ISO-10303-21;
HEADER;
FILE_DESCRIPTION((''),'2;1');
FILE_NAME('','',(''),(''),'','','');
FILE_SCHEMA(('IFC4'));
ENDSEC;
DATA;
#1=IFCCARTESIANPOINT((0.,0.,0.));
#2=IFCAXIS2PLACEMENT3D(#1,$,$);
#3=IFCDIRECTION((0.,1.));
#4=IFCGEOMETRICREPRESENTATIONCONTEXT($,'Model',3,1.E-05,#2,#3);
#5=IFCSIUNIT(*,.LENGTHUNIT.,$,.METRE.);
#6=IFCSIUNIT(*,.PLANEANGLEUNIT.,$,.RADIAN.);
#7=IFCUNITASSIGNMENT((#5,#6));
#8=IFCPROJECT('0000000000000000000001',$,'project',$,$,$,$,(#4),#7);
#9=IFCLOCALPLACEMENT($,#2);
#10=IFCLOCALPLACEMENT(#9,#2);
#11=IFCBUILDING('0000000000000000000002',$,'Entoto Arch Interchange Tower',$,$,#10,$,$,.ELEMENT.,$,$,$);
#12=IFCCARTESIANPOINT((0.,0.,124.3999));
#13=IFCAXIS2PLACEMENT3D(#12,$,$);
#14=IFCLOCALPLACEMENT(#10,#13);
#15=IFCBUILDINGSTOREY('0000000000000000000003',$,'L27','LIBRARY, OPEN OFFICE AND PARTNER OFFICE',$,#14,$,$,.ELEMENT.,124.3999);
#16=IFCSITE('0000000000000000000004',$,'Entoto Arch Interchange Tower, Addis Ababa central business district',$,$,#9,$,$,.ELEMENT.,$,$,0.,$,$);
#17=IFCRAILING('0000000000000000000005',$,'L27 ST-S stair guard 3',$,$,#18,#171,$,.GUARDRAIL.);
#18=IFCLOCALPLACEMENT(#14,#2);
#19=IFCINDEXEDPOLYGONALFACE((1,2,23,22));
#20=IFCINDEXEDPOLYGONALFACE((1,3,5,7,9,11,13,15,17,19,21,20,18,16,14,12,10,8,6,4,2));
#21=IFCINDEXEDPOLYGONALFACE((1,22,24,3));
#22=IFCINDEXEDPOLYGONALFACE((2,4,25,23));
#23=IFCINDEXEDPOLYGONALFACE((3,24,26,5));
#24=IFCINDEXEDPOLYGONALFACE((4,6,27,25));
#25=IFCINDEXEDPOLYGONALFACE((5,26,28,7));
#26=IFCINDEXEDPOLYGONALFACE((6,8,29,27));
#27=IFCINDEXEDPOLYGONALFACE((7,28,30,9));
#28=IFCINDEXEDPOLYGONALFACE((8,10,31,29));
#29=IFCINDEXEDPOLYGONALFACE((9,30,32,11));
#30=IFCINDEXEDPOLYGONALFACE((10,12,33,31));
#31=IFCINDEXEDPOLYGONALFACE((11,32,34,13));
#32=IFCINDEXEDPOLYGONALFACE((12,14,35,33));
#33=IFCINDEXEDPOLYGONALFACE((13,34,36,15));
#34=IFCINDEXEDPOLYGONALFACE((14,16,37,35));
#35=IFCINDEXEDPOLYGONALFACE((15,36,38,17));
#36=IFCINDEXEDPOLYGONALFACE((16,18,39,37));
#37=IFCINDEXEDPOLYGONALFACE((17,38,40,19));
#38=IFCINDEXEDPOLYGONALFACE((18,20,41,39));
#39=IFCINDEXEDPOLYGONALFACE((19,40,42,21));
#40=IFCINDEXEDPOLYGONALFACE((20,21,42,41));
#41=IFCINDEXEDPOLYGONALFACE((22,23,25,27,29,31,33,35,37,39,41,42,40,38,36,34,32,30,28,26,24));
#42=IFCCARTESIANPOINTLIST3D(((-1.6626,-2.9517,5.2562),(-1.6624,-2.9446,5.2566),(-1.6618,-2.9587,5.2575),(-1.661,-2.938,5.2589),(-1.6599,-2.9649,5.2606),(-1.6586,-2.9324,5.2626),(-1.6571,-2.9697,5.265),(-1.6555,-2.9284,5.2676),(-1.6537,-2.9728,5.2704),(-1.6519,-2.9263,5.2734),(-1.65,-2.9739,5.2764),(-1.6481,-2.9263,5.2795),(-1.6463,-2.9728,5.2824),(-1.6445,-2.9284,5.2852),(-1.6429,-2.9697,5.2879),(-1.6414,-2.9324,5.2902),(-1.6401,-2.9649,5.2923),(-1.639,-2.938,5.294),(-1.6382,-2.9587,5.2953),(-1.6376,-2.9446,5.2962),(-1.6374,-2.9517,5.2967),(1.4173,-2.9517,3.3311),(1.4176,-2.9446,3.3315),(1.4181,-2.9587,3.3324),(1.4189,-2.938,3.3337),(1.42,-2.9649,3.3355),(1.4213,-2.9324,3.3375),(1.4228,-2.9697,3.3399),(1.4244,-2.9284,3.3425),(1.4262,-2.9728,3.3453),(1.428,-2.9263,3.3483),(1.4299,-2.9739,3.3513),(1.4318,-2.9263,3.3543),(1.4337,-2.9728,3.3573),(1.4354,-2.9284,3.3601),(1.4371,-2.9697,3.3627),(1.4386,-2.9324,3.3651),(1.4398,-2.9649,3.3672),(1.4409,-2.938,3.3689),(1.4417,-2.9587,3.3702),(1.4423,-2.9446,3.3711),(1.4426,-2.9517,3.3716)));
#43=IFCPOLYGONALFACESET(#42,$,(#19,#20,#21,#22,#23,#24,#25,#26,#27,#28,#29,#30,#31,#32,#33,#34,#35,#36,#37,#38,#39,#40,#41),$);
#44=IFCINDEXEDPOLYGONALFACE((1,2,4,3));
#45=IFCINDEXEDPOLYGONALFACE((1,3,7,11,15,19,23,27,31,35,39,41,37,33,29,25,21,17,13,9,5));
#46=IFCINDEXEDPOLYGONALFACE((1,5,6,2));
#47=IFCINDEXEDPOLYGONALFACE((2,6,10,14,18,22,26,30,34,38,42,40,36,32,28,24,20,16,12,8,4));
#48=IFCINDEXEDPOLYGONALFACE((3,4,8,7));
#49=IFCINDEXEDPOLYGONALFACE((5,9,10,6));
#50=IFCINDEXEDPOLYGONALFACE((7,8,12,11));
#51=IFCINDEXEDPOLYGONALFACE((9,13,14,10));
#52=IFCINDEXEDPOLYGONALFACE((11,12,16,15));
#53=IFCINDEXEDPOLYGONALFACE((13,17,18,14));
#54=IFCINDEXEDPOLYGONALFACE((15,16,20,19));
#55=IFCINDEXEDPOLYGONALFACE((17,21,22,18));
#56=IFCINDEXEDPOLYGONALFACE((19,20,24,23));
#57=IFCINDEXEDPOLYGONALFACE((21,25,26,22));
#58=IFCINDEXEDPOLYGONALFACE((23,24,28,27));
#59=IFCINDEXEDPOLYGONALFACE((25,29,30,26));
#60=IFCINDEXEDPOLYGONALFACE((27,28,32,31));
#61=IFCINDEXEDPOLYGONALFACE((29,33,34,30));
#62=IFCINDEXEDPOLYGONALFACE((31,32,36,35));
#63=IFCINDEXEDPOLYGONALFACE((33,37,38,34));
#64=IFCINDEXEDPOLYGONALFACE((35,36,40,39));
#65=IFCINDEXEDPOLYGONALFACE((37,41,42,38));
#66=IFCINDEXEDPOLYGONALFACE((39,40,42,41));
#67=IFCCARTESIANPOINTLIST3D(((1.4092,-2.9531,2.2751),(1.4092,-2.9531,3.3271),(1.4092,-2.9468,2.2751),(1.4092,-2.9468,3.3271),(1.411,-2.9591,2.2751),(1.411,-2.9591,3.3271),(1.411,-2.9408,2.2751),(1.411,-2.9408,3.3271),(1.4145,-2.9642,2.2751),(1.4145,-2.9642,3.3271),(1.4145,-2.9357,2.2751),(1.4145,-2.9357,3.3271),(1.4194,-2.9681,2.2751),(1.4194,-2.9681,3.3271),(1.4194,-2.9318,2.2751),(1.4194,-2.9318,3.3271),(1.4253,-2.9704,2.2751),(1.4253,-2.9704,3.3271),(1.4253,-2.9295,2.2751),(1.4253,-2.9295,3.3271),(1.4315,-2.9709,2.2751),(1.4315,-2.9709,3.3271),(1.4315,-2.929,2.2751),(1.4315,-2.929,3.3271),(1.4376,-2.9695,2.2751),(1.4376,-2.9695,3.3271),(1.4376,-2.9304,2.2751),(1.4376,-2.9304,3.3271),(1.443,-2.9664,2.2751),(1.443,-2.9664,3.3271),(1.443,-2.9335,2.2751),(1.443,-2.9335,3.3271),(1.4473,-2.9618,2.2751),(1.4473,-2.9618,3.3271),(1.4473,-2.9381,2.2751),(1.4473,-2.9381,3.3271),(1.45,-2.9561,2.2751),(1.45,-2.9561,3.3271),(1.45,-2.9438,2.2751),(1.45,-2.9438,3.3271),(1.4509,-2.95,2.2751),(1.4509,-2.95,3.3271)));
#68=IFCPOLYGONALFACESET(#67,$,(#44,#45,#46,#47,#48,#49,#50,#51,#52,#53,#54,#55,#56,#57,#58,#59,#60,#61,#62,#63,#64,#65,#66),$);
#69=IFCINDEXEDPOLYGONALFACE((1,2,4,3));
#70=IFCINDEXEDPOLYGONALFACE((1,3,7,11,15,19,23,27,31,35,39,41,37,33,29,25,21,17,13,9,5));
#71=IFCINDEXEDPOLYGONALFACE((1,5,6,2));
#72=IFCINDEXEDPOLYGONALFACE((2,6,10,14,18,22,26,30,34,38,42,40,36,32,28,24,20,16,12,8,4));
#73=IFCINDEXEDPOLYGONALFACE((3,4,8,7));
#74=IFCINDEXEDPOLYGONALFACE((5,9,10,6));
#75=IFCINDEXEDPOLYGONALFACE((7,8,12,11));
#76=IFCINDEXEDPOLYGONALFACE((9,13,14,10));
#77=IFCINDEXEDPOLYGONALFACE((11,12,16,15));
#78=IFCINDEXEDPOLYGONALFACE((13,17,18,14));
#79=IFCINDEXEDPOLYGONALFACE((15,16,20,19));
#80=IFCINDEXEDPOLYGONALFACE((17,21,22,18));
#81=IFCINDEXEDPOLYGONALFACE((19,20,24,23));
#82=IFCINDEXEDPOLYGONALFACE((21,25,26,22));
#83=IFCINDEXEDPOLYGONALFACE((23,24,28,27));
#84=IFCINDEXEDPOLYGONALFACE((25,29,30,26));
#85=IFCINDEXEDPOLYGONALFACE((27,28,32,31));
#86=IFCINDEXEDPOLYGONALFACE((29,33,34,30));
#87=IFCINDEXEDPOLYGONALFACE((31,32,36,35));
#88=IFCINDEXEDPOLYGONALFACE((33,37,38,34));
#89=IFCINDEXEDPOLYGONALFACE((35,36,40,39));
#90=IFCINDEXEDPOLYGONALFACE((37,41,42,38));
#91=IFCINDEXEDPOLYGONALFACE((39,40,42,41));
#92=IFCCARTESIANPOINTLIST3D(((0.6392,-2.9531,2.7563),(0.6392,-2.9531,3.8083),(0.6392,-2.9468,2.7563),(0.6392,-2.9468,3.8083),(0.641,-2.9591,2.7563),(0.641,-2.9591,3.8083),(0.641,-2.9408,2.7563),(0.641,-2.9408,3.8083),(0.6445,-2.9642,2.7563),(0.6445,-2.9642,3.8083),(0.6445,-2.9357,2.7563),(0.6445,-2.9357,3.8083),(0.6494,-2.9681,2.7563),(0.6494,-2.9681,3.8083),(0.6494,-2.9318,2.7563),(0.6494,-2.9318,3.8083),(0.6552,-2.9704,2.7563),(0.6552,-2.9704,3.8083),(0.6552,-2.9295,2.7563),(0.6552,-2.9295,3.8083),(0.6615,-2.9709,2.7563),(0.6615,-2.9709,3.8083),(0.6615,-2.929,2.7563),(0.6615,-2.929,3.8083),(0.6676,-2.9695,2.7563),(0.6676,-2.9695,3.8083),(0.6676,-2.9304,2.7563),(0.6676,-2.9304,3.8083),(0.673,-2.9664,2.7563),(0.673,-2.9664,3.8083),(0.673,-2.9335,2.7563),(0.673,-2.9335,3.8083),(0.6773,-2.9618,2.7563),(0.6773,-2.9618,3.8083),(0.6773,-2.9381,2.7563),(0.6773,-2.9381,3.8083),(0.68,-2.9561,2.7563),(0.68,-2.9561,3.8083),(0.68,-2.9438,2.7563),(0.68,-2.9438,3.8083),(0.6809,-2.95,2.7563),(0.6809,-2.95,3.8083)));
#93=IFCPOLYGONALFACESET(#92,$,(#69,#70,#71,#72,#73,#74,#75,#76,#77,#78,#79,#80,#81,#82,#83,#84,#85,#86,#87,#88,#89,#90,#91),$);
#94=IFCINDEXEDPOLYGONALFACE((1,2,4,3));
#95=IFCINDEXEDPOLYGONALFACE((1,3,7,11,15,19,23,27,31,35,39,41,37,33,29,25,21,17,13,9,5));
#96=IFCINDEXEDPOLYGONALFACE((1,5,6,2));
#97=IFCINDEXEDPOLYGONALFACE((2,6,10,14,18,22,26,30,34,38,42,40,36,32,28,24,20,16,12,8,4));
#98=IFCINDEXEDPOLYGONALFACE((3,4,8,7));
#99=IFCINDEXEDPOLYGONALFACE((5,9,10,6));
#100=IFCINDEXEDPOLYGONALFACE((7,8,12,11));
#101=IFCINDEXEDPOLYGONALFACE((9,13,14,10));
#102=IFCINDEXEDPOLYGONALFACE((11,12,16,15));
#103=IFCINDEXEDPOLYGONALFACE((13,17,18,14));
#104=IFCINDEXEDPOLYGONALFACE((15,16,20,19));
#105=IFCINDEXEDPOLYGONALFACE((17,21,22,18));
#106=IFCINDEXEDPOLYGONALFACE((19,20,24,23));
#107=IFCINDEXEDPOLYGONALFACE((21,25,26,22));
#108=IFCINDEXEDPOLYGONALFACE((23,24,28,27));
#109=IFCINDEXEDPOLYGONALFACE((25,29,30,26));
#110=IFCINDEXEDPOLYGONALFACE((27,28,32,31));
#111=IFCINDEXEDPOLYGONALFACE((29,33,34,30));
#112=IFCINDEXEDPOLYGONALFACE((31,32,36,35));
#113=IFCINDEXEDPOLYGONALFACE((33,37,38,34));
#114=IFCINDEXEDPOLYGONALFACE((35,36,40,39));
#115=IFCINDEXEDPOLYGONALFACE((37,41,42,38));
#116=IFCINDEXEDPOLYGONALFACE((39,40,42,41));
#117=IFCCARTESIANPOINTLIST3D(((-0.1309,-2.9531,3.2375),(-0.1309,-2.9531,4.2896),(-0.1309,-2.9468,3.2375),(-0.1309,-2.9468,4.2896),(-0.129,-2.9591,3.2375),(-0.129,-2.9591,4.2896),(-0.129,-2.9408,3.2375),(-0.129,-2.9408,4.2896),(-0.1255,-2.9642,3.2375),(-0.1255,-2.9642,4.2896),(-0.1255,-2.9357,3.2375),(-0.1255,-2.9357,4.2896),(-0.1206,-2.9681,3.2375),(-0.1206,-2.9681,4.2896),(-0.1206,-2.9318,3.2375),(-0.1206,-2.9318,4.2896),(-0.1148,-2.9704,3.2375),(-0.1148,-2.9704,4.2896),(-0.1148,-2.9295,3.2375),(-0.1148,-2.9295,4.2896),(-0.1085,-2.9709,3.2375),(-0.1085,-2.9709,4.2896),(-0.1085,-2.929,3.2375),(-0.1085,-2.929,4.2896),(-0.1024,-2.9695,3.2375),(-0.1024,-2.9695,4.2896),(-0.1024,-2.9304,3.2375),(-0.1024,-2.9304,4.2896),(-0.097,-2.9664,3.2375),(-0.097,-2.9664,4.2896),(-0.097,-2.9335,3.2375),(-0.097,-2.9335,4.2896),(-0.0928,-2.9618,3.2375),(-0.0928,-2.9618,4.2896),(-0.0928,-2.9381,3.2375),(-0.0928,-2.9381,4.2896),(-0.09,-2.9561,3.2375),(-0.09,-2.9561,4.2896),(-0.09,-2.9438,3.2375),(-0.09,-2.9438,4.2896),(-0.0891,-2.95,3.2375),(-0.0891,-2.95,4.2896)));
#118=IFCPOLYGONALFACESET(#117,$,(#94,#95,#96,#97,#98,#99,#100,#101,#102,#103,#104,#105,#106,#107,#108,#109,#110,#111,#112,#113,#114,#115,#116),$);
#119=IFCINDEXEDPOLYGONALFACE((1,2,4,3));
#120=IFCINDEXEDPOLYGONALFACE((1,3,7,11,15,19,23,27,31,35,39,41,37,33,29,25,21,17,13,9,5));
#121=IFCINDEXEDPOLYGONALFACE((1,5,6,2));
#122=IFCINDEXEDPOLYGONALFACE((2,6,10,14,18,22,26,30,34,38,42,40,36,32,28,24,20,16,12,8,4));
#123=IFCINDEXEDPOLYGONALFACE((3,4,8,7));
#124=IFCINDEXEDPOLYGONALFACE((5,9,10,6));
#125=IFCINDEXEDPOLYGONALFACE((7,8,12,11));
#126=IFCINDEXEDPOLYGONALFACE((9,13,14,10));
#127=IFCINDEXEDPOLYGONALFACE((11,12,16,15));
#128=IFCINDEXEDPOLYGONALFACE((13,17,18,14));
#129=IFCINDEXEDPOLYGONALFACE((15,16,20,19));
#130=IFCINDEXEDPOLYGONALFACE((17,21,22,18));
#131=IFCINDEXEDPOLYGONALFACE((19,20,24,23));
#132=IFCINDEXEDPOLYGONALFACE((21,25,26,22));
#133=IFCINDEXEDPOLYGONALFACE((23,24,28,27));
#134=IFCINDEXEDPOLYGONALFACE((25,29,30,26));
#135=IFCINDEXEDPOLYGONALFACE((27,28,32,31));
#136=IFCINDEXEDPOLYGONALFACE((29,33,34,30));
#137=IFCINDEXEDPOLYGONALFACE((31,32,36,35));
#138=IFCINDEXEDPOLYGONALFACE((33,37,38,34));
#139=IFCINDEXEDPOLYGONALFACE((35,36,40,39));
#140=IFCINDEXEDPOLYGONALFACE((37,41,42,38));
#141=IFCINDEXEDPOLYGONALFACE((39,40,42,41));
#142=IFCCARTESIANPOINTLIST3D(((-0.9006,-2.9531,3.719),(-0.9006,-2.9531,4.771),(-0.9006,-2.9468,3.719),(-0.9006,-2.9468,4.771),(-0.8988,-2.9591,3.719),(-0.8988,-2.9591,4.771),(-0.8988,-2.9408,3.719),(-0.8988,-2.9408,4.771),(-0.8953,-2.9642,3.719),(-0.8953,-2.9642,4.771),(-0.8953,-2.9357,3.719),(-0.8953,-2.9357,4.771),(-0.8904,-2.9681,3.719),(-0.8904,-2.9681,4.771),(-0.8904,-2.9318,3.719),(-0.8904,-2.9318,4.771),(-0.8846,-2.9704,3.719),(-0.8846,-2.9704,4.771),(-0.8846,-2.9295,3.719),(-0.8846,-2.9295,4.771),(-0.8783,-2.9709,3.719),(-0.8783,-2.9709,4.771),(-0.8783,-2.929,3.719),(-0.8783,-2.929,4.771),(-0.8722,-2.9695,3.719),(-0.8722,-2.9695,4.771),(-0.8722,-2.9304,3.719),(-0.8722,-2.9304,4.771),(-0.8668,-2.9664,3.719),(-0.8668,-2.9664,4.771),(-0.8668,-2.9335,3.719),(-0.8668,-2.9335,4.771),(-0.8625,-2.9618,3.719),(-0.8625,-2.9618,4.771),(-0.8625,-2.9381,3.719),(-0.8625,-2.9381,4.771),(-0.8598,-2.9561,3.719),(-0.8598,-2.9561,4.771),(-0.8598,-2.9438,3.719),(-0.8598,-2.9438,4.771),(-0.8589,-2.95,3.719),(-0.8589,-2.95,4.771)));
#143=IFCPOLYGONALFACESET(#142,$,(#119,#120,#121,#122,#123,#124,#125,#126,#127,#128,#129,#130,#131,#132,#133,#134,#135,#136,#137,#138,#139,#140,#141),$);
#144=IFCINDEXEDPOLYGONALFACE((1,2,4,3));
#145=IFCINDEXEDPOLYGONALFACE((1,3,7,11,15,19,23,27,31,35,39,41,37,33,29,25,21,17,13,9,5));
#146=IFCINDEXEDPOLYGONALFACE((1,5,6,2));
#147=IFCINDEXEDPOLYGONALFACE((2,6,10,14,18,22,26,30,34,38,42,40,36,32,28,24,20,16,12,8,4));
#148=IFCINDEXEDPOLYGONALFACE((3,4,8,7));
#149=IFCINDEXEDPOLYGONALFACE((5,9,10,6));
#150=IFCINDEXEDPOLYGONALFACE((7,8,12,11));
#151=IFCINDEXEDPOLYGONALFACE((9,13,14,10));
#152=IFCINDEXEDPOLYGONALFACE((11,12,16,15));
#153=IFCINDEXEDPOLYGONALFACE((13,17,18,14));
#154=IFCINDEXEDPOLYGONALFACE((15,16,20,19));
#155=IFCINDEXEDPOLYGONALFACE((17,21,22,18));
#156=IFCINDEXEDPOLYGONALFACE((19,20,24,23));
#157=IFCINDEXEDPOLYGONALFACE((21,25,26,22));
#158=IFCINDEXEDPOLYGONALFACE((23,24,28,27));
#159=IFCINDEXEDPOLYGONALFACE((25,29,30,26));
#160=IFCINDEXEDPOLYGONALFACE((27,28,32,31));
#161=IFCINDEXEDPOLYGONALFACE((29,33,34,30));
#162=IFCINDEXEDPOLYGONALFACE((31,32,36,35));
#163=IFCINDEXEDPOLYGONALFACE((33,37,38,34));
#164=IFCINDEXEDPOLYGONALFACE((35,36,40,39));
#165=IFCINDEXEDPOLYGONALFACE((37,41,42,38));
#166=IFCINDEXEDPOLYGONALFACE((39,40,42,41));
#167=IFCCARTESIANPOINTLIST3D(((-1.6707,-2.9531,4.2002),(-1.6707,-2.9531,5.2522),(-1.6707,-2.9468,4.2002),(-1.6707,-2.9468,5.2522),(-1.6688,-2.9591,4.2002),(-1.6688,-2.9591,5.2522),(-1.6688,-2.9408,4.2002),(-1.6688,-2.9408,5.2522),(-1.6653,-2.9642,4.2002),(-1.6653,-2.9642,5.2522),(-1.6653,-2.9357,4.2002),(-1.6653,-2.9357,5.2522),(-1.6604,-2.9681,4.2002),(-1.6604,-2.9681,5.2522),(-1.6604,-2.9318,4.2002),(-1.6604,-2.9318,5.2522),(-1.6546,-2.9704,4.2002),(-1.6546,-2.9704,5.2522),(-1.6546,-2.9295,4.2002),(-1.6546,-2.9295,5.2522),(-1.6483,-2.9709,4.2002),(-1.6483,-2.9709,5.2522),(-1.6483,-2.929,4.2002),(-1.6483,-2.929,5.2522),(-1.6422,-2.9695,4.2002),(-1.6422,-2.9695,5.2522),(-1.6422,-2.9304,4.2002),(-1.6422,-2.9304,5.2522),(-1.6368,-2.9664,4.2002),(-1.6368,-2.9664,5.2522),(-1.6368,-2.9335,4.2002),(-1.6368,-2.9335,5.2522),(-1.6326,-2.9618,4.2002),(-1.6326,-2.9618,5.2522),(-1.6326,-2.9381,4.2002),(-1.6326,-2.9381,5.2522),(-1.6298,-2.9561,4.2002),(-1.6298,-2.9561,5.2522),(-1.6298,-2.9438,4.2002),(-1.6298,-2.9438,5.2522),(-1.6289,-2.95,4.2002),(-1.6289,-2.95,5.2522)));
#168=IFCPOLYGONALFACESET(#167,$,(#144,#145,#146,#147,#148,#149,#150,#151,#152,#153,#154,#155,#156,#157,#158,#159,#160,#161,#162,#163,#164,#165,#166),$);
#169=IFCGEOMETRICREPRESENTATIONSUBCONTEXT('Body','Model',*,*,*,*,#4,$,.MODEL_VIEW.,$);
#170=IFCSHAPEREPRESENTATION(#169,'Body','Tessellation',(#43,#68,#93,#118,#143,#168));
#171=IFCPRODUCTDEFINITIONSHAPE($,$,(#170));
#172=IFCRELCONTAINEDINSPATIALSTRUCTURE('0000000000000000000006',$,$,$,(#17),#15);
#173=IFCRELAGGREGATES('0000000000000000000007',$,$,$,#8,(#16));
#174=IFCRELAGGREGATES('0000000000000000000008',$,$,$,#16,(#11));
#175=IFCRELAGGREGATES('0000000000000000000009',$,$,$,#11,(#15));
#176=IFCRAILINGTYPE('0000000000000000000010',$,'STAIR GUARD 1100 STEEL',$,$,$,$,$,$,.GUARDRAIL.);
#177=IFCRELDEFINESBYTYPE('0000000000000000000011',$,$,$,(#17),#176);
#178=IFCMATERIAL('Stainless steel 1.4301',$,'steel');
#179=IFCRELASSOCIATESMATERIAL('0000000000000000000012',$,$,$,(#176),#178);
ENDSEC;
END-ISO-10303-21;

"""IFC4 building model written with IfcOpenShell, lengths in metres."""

from ifc_helpers import new_model, si_unit, direction, frame, origin, origin_2d, place, context, subcontext, project, spatial, circle, extrude, material, type_object, element, save


model = new_model("IFC4")

# Units and contexts
model_context = context("Model", 3, precision=1e-05, world=origin(), true_north=direction((0.0, 1.0)))
body_context = subcontext(model_context, "Body", "Model", "MODEL_VIEW")
ifc_project = project(units=[si_unit("LENGTHUNIT", "METRE"), si_unit("PLANEANGLEUNIT", "RADIAN")], contexts=[model_context])

# Site, building, storey
site_placement = place(None, origin())
site = spatial("IfcSite", under=ifc_project, at=site_placement, Name="Entoto Arch Interchange Tower, Addis Ababa central business district", CompositionType="ELEMENT", RefElevation=0.0)
building_placement = place(site_placement, origin())
building = spatial("IfcBuilding", under=site, at=building_placement, Name="Entoto Arch Interchange Tower", CompositionType="ELEMENT")
storey_placement = place(building_placement, frame((0.0, 0.0, 124.3999)))
storey = spatial("IfcBuildingStorey", under=building, at=storey_placement, Name="L27", Description="LIBRARY, OPEN OFFICE AND PARTNER OFFICE", CompositionType="ELEMENT", Elevation=124.3999)

# Railing
ifc_material_1 = material(Name="Stainless steel 1.4301", Category="steel")
railing_type_1 = type_object("IfcRailingType", Name="STAIR GUARD 1100 STEEL", PredefinedType="GUARDRAIL", material=ifc_material_1)
railing_1_placement = place(storey_placement, frame((1.4299, -2.95, 2.2751)))
element("IfcRailing", 1, at=railing_1_placement, inside=storey, type_object=railing_type_1, Name="L27 ST-S stair guard 3", PredefinedType="GUARDRAIL", context=body_context, shape_type="SweptSolid", body=[
    extrude(circle(Radius=0.0239, at=origin_2d()), frame((0.0, 0.0, 1.0762), z_axis=(-0.847979, 0.0, 0.530029), x_axis=(0.0, -1.0, 0.0)), (0.0, 0.0, 1.0), 3.6321),
    extrude(circle(Radius=0.021, at=origin_2d()), origin(), (0.0, 0.0, 1.0), 1.052),
    extrude(circle(Radius=0.021, at=origin_2d()), frame((-0.77, 0.0, 0.4812)), (0.0, 0.0, 1.0), 1.052),
    extrude(circle(Radius=0.021, at=origin_2d()), frame((-1.54, 0.0, 0.9624)), (0.0, 0.0, 1.0), 1.052),
    extrude(circle(Radius=0.021, at=origin_2d()), frame((-2.3098, 0.0, 1.4438)), (0.0, 0.0, 1.0), 1.052),
    extrude(circle(Radius=0.021, at=origin_2d()), frame((-3.0798, 0.0, 1.925)), (0.0, 0.0, 1.0), 1.052),
])

save(model, "model.ifc")
